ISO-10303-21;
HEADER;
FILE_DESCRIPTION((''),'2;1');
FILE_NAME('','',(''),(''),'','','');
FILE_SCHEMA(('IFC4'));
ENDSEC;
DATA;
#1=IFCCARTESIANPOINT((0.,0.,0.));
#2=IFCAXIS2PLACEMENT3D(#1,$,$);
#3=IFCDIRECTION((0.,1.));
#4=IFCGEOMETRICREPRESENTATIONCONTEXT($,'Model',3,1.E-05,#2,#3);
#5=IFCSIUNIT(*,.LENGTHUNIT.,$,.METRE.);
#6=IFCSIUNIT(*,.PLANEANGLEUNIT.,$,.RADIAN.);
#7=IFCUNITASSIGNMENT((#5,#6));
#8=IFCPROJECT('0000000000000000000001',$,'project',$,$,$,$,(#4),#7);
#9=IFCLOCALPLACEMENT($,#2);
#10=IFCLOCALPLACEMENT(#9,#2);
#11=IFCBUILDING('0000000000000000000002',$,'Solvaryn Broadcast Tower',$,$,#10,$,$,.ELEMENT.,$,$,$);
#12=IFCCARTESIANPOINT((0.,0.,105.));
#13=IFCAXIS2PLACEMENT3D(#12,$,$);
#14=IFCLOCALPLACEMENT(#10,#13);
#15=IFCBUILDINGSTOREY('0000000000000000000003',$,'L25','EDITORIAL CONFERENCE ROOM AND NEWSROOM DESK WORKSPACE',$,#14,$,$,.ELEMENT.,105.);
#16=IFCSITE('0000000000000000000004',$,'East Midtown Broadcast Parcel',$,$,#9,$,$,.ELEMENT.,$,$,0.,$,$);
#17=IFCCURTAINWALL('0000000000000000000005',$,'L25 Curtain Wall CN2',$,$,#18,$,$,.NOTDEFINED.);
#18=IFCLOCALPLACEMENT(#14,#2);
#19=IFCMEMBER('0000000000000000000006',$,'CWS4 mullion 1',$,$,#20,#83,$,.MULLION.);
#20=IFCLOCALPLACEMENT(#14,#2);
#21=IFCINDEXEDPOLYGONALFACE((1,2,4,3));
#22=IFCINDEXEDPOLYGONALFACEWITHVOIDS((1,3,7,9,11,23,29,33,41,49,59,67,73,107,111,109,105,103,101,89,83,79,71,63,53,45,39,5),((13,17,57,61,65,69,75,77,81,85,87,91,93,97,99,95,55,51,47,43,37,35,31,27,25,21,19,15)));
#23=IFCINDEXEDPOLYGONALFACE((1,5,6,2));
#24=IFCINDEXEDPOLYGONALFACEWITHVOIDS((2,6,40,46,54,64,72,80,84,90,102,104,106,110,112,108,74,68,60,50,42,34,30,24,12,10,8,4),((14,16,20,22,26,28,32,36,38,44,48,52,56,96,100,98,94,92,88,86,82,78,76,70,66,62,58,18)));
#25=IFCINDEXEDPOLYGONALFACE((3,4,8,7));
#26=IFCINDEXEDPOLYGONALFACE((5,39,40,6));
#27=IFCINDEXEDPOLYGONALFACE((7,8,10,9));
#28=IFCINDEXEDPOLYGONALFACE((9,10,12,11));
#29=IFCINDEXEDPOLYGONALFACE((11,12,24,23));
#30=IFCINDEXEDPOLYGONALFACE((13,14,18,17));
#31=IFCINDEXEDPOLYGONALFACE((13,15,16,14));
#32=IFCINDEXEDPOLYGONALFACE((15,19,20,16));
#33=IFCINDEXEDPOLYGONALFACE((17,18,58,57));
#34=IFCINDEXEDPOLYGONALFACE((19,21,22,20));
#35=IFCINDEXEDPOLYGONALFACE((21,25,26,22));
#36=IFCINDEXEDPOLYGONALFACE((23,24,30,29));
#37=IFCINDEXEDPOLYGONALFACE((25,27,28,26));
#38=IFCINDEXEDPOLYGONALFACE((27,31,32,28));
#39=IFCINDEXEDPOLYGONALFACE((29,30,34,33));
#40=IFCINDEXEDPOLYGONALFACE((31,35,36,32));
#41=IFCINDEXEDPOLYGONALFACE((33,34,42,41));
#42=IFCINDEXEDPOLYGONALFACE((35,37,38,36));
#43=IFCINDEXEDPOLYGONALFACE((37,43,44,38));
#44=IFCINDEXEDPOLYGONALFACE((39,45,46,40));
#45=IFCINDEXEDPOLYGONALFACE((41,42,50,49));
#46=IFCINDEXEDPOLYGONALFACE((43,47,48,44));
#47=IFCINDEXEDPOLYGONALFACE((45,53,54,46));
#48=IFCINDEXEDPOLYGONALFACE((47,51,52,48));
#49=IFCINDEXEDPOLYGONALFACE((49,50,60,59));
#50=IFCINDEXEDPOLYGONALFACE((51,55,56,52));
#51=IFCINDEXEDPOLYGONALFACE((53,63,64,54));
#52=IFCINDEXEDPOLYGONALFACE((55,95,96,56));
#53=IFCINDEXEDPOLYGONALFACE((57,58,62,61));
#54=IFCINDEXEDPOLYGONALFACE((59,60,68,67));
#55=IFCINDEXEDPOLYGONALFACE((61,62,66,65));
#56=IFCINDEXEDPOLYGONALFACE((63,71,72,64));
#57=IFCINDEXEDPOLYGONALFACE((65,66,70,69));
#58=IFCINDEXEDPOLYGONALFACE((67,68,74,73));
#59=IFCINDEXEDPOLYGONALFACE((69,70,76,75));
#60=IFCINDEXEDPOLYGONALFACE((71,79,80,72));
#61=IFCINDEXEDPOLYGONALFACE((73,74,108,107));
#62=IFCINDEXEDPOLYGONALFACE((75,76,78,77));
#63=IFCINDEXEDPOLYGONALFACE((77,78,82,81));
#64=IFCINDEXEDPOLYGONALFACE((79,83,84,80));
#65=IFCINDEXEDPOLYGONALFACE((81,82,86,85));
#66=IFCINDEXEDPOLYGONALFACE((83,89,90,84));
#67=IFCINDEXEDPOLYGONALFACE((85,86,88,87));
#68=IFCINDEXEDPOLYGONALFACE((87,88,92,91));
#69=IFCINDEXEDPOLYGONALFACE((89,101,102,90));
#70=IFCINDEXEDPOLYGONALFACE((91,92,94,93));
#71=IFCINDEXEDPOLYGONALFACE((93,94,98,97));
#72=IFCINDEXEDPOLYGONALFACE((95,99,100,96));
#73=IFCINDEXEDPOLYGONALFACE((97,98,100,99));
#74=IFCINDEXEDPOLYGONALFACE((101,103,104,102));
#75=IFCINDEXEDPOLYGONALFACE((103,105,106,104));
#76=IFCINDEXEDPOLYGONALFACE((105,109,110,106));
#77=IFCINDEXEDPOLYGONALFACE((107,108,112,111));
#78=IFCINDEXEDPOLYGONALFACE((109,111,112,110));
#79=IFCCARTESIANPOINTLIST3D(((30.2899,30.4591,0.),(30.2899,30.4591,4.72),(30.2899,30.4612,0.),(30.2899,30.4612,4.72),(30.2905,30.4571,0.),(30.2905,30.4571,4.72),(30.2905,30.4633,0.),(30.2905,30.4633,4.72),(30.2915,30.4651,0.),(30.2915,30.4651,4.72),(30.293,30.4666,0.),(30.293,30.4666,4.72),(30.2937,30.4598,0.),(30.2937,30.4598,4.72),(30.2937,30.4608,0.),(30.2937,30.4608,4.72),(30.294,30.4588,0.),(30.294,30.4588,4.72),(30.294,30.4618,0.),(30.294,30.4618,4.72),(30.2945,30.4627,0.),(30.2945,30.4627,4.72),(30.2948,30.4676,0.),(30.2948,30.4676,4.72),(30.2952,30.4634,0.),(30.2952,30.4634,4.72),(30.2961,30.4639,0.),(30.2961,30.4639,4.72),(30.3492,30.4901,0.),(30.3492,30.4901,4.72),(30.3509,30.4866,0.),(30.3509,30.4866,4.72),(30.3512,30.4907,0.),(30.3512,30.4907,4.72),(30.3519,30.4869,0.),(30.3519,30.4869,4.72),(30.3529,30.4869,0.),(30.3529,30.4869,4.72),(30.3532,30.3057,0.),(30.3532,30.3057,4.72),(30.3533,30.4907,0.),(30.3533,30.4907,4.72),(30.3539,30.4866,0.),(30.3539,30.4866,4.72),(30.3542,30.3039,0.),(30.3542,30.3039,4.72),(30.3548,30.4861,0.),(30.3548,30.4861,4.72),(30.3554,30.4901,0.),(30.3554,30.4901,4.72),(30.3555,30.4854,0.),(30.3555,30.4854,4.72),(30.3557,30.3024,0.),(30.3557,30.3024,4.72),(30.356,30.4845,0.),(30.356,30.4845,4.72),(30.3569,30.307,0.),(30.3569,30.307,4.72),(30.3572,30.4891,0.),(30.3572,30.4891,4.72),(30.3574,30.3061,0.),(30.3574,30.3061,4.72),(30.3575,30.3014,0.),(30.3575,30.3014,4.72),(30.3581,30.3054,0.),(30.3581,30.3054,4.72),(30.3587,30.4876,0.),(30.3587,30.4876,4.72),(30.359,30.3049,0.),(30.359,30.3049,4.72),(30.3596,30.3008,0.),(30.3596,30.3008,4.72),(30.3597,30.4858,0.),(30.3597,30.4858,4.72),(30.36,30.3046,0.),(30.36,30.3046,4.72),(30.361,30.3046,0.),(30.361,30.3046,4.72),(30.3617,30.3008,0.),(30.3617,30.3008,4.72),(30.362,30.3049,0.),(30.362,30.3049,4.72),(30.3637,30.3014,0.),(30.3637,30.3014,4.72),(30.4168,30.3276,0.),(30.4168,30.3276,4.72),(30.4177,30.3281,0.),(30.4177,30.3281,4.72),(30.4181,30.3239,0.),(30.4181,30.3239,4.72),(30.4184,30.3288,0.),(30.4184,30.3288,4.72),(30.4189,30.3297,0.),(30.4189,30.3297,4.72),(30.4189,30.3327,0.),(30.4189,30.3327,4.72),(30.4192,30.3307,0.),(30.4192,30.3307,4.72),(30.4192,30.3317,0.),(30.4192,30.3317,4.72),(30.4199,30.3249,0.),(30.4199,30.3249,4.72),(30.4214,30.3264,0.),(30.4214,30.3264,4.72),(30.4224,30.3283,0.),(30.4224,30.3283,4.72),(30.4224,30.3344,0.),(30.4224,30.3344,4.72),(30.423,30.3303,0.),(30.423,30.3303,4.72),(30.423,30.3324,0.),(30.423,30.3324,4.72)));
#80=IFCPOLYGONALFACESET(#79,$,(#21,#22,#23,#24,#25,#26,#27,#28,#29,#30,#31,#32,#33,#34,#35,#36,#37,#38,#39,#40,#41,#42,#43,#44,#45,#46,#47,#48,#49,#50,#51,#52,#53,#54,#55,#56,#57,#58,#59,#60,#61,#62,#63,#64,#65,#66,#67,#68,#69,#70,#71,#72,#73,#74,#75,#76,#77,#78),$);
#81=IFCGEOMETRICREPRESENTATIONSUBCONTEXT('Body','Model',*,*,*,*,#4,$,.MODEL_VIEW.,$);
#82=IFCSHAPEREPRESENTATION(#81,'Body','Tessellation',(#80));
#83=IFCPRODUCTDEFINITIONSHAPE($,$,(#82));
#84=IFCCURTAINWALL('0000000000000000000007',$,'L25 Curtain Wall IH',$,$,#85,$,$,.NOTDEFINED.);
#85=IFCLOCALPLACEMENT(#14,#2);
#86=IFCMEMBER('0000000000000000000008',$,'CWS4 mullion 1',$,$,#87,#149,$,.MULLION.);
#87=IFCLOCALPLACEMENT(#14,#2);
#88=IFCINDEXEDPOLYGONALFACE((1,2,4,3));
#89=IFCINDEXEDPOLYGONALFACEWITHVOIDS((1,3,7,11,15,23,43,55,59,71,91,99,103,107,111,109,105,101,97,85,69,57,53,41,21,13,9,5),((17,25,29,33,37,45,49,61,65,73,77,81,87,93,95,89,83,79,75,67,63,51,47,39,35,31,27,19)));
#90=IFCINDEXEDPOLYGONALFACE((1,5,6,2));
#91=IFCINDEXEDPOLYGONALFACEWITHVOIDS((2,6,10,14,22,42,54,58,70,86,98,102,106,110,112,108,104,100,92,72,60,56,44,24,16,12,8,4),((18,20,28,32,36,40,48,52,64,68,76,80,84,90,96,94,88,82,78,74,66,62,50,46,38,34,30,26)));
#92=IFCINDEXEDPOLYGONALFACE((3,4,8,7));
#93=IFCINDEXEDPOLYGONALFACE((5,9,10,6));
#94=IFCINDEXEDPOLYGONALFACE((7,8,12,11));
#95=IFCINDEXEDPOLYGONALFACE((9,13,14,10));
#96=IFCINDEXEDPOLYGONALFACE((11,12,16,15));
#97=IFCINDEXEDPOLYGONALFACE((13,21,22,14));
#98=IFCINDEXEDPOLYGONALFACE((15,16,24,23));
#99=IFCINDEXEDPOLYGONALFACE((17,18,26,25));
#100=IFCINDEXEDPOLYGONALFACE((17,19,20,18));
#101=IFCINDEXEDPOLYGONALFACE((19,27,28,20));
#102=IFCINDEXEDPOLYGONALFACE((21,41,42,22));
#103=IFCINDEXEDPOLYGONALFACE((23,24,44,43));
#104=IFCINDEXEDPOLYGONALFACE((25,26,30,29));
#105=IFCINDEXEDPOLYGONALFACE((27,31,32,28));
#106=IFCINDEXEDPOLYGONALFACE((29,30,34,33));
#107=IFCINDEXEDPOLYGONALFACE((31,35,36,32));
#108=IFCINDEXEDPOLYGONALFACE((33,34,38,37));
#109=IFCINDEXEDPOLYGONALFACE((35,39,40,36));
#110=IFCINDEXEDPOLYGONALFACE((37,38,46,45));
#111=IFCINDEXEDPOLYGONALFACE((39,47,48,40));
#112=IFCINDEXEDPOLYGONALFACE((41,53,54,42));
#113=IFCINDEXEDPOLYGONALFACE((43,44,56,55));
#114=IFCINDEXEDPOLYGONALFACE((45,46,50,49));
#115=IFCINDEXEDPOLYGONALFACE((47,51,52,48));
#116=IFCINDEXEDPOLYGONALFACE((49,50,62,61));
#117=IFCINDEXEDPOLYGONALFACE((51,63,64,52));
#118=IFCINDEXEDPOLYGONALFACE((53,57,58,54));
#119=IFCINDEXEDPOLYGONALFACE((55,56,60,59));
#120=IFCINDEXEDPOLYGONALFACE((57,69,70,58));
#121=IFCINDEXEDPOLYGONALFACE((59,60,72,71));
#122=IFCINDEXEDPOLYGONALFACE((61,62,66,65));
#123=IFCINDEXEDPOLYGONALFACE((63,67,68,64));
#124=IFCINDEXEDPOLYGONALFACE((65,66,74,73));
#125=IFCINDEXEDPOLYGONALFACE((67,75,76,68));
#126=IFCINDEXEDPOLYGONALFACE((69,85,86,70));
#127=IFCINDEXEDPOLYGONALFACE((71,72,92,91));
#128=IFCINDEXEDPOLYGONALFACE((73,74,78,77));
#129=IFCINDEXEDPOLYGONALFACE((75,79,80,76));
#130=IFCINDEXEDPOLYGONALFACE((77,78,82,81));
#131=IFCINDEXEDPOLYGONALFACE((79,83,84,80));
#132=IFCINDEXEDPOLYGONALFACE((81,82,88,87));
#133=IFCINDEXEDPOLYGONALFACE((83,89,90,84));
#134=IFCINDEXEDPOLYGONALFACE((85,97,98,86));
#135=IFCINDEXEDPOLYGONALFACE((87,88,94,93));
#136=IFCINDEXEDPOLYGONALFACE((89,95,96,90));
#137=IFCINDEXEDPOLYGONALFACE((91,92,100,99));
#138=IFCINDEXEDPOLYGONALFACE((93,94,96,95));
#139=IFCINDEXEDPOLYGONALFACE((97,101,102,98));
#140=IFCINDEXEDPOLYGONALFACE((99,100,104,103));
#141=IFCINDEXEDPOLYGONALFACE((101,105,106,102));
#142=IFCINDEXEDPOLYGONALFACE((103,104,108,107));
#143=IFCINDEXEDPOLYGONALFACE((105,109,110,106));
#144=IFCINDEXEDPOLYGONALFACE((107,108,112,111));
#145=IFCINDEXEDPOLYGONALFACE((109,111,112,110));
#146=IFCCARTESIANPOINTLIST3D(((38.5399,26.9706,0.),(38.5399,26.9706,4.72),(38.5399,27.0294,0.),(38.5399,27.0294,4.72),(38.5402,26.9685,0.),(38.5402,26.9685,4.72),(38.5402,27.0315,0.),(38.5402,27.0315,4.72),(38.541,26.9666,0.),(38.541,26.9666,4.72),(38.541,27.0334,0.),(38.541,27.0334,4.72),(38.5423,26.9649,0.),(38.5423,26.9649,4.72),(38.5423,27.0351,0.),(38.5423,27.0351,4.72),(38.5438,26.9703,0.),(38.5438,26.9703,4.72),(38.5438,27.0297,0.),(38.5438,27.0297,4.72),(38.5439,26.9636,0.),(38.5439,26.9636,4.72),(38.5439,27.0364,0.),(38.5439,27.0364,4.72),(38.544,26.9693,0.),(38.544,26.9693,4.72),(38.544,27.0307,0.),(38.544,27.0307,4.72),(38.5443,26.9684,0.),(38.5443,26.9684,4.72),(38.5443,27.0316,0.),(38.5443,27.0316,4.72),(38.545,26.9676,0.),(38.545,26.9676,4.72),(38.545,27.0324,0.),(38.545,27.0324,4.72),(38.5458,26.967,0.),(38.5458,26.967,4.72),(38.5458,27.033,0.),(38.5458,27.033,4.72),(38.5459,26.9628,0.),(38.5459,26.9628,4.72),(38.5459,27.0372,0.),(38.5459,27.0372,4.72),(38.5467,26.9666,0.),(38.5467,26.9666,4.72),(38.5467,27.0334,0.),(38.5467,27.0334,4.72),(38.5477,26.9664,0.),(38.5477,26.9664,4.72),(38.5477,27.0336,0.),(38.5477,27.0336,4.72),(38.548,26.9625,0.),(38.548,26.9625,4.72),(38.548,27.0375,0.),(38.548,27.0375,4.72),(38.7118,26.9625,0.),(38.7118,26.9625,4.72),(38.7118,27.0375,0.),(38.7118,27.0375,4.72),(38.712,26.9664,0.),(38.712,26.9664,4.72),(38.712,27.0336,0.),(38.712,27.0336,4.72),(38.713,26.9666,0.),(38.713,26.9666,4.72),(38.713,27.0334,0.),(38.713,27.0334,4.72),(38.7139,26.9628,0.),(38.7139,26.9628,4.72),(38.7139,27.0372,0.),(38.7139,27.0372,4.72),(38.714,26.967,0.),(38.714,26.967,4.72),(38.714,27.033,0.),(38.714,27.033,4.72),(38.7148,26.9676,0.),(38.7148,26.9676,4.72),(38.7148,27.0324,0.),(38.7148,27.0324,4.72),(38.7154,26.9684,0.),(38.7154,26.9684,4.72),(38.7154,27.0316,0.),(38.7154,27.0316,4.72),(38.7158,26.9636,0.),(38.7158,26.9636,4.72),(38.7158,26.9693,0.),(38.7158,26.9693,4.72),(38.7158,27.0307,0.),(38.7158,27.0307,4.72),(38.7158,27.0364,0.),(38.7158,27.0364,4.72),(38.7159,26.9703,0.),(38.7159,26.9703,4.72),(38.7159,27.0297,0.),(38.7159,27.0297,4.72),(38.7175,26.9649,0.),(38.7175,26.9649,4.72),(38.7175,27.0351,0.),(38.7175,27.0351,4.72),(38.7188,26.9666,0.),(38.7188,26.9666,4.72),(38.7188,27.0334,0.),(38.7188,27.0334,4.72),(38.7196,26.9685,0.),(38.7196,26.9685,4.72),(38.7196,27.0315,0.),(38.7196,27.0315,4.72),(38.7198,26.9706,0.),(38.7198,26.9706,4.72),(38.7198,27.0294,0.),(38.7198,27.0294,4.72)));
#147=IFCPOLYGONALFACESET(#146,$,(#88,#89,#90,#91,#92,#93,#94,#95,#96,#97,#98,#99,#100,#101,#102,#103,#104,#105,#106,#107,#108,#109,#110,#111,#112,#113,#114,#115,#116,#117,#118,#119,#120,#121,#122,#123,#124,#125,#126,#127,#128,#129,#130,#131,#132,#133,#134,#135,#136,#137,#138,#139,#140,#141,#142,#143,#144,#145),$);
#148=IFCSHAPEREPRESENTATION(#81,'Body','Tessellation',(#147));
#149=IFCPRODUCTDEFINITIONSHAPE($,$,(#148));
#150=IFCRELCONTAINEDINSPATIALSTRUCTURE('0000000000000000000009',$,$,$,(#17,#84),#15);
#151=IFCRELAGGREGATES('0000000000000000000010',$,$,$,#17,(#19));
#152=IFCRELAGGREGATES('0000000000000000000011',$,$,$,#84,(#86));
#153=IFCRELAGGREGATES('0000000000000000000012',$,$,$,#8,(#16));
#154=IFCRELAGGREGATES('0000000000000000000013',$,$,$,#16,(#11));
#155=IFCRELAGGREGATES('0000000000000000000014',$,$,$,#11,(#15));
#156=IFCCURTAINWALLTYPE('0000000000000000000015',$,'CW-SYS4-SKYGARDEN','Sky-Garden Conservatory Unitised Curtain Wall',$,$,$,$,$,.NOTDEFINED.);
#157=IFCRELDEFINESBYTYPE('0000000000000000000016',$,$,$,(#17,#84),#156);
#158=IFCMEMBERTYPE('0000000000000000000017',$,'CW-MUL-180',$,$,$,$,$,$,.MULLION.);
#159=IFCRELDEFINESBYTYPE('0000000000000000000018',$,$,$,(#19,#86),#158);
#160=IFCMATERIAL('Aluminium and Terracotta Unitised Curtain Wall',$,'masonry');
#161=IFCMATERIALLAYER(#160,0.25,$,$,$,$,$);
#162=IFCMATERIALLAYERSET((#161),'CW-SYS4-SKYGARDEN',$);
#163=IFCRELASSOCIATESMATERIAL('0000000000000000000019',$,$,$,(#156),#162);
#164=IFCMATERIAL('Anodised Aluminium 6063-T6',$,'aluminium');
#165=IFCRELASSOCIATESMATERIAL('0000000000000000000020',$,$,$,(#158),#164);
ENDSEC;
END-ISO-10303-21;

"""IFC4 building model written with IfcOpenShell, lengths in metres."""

from ifc_helpers import new_model, si_unit, direction, frame, origin, origin_2d, place, context, subcontext, project, spatial, hollow_rectangle, extrude, material, layer, layer_set, material_profile, profile_set, type_object, element, aggregate, save


model = new_model("IFC4")

# Units and contexts
model_context = context("Model", 3, precision=1e-05, world=origin(), true_north=direction((0.0, 1.0)))
body_context = subcontext(model_context, "Body", "Model", "MODEL_VIEW")
ifc_project = project(units=[si_unit("LENGTHUNIT", "METRE"), si_unit("PLANEANGLEUNIT", "RADIAN")], contexts=[model_context])

# Site, building, storey
site_placement = place(None, origin())
site = spatial("IfcSite", under=ifc_project, at=site_placement, Name="East Midtown Broadcast Parcel", CompositionType="ELEMENT", RefElevation=0.0)
building_placement = place(site_placement, origin())
building = spatial("IfcBuilding", under=site, at=building_placement, Name="Solvaryn Broadcast Tower", CompositionType="ELEMENT")
storey_placement = place(building_placement, frame((0.0, 0.0, 105.0)))
storey = spatial("IfcBuildingStorey", under=building, at=storey_placement, Name="L25", Description="EDITORIAL CONFERENCE ROOM AND NEWSROOM DESK WORKSPACE", CompositionType="ELEMENT", Elevation=105.0)

# Shared definitions
ifc_material_1 = material(Name="Aluminium and Terracotta Unitised Curtain Wall", Category="masonry")
ifc_layer_1 = layer(ifc_material_1, 0.25)
ifc_layer_set_1 = layer_set([ifc_layer_1], Name="CW-SYS4-SKYGARDEN")
curtain_wall_type = type_object("IfcCurtainWallType", Name="CW-SYS4-SKYGARDEN", Description="Sky-Garden Conservatory Unitised Curtain Wall", PredefinedType="NOTDEFINED", material=ifc_layer_set_1)
ifc_material_2 = material(Name="Anodised Aluminium 6063-T6", Category="aluminium")
ifc_material_profile_1 = material_profile(ifc_material_2, hollow_rectangle(XDim=0.075, YDim=0.1799, WallThickness=0.0039, InnerFilletRadius=0.0039, OuterFilletRadius=0.0081, at=origin_2d()))
ifc_profile_set_1 = profile_set([ifc_material_profile_1], Name="Anodised Aluminium 6063-T6")
member_type_1 = type_object("IfcMemberType", Name="CW-MUL-180", PredefinedType="MULLION", material=ifc_profile_set_1)

# Curtain wall, member
curtain_wall_1_placement = place(storey_placement, origin())
curtain_wall_1 = element("IfcCurtainWall", 1, at=curtain_wall_1_placement, inside=storey, type_object=curtain_wall_type, Name="L25 Curtain Wall CN2", PredefinedType="NOTDEFINED")
member_1_placement = place(storey_placement, frame((30.3564, 30.3958, 0.0), z_axis=(0.0, 0.0, 1.0), x_axis=(-0.923895, -0.382646, 0.0)))
member_1 = element("IfcMember", 2, at=member_1_placement, type_object=member_type_1, Name="CWS4 mullion 1", PredefinedType="MULLION", context=body_context, shape_type="SweptSolid", body=[
    extrude(hollow_rectangle(XDim=0.075, YDim=0.1799, WallThickness=0.0039, InnerFilletRadius=0.0039, OuterFilletRadius=0.0081, at=origin_2d()), origin(), (0.0, 0.0, 1.0), 4.72),
])

# Curtain wall, member
curtain_wall_2_placement = place(storey_placement, origin())
curtain_wall_2 = element("IfcCurtainWall", 3, at=curtain_wall_2_placement, inside=storey, type_object=curtain_wall_type, Name="L25 Curtain Wall IH", PredefinedType="NOTDEFINED")
member_2_placement = place(storey_placement, frame((38.6299, 27.0, 0.0), z_axis=(0.0, 0.0, 1.0), x_axis=(0.0, 1.0, 0.0)))
member_2 = element("IfcMember", 4, at=member_2_placement, type_object=member_type_1, Name="CWS4 mullion 1", PredefinedType="MULLION", context=body_context, shape_type="SweptSolid", body=[
    extrude(hollow_rectangle(XDim=0.075, YDim=0.1799, WallThickness=0.0039, InnerFilletRadius=0.0039, OuterFilletRadius=0.0081, at=origin_2d()), origin(), (0.0, 0.0, 1.0), 4.72),
])

aggregate(curtain_wall_1, [member_1])

aggregate(curtain_wall_2, [member_2])

save(model, "model.ifc")
